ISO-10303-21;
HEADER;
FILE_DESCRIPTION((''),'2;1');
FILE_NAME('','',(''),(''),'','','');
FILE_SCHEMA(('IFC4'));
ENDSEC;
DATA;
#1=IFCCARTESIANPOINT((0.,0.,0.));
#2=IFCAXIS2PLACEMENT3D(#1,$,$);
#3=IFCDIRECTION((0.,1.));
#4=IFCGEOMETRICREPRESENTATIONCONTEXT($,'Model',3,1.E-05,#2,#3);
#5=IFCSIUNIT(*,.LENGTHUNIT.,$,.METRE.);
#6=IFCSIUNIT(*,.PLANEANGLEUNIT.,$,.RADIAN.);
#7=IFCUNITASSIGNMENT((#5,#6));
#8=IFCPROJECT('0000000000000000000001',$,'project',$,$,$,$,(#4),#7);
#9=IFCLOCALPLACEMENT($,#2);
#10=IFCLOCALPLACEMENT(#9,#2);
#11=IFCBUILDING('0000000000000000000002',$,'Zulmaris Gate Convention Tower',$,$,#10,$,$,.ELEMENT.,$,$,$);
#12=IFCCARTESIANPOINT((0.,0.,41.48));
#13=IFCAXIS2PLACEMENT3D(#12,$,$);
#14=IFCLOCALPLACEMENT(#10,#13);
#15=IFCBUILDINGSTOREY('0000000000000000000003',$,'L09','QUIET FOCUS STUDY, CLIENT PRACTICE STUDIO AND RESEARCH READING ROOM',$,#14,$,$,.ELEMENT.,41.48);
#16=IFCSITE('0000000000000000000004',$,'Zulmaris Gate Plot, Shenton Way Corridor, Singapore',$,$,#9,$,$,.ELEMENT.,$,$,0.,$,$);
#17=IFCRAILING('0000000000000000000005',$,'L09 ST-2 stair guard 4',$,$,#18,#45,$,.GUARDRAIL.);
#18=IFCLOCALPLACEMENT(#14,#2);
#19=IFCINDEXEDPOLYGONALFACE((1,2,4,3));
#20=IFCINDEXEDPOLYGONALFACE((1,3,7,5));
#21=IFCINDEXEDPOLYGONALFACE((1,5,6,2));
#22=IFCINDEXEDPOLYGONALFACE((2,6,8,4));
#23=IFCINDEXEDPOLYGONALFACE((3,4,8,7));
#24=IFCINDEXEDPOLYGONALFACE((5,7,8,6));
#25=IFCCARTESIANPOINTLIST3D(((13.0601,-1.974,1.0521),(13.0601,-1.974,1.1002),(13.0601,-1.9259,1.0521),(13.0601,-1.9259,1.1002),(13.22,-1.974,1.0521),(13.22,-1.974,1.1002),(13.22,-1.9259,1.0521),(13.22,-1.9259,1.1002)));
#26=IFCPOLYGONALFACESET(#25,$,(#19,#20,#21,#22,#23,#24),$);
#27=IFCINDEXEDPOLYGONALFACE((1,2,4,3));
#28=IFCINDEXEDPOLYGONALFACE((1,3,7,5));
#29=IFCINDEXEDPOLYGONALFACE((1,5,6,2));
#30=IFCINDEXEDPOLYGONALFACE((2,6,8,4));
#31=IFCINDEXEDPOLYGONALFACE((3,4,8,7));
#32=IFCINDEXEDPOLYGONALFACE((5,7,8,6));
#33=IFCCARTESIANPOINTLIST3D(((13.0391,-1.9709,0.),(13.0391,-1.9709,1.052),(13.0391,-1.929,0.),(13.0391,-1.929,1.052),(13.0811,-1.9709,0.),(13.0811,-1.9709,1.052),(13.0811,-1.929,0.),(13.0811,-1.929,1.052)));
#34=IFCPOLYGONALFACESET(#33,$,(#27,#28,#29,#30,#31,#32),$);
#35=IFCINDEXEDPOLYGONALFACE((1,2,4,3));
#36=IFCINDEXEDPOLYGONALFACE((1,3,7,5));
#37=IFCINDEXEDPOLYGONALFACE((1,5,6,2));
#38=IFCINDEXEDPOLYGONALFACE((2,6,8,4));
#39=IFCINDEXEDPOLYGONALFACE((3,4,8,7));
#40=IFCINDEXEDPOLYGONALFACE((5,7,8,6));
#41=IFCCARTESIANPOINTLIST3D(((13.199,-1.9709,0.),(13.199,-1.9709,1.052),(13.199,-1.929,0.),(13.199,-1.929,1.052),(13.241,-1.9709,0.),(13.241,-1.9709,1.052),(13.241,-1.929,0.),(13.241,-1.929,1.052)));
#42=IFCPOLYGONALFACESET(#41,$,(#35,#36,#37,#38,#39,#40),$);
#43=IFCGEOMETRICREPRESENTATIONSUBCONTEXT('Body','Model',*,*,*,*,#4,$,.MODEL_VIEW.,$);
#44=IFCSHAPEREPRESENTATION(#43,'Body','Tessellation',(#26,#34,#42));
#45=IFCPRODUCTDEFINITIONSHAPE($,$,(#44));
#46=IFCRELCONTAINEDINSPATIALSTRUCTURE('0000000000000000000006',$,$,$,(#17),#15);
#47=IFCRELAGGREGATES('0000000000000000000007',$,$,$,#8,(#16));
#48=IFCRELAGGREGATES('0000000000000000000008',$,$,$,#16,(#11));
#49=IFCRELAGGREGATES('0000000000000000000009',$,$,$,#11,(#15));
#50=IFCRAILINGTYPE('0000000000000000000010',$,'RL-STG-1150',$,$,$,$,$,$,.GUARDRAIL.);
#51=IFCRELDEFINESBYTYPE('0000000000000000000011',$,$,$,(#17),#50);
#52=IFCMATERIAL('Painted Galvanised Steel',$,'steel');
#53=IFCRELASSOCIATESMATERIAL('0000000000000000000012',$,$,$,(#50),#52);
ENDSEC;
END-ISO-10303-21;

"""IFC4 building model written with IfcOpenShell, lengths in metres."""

from ifc_helpers import new_model, si_unit, direction, frame, origin, origin_2d, place, context, subcontext, project, spatial, rectangle, extrude, material, type_object, element, save


model = new_model("IFC4")

# Units and contexts
model_context = context("Model", 3, precision=1e-05, world=origin(), true_north=direction((0.0, 1.0)))
body_context = subcontext(model_context, "Body", "Model", "MODEL_VIEW")
ifc_project = project(units=[si_unit("LENGTHUNIT", "METRE"), si_unit("PLANEANGLEUNIT", "RADIAN")], contexts=[model_context])

# Site, building, storey
site_placement = place(None, origin())
site = spatial("IfcSite", under=ifc_project, at=site_placement, Name="Zulmaris Gate Plot, Shenton Way Corridor, Singapore", CompositionType="ELEMENT", RefElevation=0.0)
building_placement = place(site_placement, origin())
building = spatial("IfcBuilding", under=site, at=building_placement, Name="Zulmaris Gate Convention Tower", CompositionType="ELEMENT")
storey_placement = place(building_placement, frame((0.0, 0.0, 41.48)))
storey = spatial("IfcBuildingStorey", under=building, at=storey_placement, Name="L09", Description="QUIET FOCUS STUDY, CLIENT PRACTICE STUDIO AND RESEARCH READING ROOM", CompositionType="ELEMENT", Elevation=41.48)

# Railing
ifc_material_1 = material(Name="Painted Galvanised Steel", Category="steel")
railing_type = type_object("IfcRailingType", Name="RL-STG-1150", PredefinedType="GUARDRAIL", material=ifc_material_1)
railing_1_placement = place(storey_placement, frame((13.0601, -1.95, 0.0)))
element("IfcRailing", 1, at=railing_1_placement, inside=storey, type_object=railing_type, Name="L09 ST-2 stair guard 4", PredefinedType="GUARDRAIL", context=body_context, shape_type="SweptSolid", body=[
    extrude(rectangle(XDim=0.0481, YDim=0.0481, at=origin_2d()), frame((0.0, 0.0, 1.0762), z_axis=(1.0, 0.0, 0.0), x_axis=(0.0, 1.0, 0.0)), (0.0, 0.0, 1.0), 0.1599),
    extrude(rectangle(XDim=0.042, YDim=0.042, at=origin_2d()), origin(), (0.0, 0.0, 1.0), 1.052),
    extrude(rectangle(XDim=0.042, YDim=0.042, at=origin_2d()), frame((0.1599, 0.0, 0.0)), (0.0, 0.0, 1.0), 1.052),
])

save(model, "model.ifc")
